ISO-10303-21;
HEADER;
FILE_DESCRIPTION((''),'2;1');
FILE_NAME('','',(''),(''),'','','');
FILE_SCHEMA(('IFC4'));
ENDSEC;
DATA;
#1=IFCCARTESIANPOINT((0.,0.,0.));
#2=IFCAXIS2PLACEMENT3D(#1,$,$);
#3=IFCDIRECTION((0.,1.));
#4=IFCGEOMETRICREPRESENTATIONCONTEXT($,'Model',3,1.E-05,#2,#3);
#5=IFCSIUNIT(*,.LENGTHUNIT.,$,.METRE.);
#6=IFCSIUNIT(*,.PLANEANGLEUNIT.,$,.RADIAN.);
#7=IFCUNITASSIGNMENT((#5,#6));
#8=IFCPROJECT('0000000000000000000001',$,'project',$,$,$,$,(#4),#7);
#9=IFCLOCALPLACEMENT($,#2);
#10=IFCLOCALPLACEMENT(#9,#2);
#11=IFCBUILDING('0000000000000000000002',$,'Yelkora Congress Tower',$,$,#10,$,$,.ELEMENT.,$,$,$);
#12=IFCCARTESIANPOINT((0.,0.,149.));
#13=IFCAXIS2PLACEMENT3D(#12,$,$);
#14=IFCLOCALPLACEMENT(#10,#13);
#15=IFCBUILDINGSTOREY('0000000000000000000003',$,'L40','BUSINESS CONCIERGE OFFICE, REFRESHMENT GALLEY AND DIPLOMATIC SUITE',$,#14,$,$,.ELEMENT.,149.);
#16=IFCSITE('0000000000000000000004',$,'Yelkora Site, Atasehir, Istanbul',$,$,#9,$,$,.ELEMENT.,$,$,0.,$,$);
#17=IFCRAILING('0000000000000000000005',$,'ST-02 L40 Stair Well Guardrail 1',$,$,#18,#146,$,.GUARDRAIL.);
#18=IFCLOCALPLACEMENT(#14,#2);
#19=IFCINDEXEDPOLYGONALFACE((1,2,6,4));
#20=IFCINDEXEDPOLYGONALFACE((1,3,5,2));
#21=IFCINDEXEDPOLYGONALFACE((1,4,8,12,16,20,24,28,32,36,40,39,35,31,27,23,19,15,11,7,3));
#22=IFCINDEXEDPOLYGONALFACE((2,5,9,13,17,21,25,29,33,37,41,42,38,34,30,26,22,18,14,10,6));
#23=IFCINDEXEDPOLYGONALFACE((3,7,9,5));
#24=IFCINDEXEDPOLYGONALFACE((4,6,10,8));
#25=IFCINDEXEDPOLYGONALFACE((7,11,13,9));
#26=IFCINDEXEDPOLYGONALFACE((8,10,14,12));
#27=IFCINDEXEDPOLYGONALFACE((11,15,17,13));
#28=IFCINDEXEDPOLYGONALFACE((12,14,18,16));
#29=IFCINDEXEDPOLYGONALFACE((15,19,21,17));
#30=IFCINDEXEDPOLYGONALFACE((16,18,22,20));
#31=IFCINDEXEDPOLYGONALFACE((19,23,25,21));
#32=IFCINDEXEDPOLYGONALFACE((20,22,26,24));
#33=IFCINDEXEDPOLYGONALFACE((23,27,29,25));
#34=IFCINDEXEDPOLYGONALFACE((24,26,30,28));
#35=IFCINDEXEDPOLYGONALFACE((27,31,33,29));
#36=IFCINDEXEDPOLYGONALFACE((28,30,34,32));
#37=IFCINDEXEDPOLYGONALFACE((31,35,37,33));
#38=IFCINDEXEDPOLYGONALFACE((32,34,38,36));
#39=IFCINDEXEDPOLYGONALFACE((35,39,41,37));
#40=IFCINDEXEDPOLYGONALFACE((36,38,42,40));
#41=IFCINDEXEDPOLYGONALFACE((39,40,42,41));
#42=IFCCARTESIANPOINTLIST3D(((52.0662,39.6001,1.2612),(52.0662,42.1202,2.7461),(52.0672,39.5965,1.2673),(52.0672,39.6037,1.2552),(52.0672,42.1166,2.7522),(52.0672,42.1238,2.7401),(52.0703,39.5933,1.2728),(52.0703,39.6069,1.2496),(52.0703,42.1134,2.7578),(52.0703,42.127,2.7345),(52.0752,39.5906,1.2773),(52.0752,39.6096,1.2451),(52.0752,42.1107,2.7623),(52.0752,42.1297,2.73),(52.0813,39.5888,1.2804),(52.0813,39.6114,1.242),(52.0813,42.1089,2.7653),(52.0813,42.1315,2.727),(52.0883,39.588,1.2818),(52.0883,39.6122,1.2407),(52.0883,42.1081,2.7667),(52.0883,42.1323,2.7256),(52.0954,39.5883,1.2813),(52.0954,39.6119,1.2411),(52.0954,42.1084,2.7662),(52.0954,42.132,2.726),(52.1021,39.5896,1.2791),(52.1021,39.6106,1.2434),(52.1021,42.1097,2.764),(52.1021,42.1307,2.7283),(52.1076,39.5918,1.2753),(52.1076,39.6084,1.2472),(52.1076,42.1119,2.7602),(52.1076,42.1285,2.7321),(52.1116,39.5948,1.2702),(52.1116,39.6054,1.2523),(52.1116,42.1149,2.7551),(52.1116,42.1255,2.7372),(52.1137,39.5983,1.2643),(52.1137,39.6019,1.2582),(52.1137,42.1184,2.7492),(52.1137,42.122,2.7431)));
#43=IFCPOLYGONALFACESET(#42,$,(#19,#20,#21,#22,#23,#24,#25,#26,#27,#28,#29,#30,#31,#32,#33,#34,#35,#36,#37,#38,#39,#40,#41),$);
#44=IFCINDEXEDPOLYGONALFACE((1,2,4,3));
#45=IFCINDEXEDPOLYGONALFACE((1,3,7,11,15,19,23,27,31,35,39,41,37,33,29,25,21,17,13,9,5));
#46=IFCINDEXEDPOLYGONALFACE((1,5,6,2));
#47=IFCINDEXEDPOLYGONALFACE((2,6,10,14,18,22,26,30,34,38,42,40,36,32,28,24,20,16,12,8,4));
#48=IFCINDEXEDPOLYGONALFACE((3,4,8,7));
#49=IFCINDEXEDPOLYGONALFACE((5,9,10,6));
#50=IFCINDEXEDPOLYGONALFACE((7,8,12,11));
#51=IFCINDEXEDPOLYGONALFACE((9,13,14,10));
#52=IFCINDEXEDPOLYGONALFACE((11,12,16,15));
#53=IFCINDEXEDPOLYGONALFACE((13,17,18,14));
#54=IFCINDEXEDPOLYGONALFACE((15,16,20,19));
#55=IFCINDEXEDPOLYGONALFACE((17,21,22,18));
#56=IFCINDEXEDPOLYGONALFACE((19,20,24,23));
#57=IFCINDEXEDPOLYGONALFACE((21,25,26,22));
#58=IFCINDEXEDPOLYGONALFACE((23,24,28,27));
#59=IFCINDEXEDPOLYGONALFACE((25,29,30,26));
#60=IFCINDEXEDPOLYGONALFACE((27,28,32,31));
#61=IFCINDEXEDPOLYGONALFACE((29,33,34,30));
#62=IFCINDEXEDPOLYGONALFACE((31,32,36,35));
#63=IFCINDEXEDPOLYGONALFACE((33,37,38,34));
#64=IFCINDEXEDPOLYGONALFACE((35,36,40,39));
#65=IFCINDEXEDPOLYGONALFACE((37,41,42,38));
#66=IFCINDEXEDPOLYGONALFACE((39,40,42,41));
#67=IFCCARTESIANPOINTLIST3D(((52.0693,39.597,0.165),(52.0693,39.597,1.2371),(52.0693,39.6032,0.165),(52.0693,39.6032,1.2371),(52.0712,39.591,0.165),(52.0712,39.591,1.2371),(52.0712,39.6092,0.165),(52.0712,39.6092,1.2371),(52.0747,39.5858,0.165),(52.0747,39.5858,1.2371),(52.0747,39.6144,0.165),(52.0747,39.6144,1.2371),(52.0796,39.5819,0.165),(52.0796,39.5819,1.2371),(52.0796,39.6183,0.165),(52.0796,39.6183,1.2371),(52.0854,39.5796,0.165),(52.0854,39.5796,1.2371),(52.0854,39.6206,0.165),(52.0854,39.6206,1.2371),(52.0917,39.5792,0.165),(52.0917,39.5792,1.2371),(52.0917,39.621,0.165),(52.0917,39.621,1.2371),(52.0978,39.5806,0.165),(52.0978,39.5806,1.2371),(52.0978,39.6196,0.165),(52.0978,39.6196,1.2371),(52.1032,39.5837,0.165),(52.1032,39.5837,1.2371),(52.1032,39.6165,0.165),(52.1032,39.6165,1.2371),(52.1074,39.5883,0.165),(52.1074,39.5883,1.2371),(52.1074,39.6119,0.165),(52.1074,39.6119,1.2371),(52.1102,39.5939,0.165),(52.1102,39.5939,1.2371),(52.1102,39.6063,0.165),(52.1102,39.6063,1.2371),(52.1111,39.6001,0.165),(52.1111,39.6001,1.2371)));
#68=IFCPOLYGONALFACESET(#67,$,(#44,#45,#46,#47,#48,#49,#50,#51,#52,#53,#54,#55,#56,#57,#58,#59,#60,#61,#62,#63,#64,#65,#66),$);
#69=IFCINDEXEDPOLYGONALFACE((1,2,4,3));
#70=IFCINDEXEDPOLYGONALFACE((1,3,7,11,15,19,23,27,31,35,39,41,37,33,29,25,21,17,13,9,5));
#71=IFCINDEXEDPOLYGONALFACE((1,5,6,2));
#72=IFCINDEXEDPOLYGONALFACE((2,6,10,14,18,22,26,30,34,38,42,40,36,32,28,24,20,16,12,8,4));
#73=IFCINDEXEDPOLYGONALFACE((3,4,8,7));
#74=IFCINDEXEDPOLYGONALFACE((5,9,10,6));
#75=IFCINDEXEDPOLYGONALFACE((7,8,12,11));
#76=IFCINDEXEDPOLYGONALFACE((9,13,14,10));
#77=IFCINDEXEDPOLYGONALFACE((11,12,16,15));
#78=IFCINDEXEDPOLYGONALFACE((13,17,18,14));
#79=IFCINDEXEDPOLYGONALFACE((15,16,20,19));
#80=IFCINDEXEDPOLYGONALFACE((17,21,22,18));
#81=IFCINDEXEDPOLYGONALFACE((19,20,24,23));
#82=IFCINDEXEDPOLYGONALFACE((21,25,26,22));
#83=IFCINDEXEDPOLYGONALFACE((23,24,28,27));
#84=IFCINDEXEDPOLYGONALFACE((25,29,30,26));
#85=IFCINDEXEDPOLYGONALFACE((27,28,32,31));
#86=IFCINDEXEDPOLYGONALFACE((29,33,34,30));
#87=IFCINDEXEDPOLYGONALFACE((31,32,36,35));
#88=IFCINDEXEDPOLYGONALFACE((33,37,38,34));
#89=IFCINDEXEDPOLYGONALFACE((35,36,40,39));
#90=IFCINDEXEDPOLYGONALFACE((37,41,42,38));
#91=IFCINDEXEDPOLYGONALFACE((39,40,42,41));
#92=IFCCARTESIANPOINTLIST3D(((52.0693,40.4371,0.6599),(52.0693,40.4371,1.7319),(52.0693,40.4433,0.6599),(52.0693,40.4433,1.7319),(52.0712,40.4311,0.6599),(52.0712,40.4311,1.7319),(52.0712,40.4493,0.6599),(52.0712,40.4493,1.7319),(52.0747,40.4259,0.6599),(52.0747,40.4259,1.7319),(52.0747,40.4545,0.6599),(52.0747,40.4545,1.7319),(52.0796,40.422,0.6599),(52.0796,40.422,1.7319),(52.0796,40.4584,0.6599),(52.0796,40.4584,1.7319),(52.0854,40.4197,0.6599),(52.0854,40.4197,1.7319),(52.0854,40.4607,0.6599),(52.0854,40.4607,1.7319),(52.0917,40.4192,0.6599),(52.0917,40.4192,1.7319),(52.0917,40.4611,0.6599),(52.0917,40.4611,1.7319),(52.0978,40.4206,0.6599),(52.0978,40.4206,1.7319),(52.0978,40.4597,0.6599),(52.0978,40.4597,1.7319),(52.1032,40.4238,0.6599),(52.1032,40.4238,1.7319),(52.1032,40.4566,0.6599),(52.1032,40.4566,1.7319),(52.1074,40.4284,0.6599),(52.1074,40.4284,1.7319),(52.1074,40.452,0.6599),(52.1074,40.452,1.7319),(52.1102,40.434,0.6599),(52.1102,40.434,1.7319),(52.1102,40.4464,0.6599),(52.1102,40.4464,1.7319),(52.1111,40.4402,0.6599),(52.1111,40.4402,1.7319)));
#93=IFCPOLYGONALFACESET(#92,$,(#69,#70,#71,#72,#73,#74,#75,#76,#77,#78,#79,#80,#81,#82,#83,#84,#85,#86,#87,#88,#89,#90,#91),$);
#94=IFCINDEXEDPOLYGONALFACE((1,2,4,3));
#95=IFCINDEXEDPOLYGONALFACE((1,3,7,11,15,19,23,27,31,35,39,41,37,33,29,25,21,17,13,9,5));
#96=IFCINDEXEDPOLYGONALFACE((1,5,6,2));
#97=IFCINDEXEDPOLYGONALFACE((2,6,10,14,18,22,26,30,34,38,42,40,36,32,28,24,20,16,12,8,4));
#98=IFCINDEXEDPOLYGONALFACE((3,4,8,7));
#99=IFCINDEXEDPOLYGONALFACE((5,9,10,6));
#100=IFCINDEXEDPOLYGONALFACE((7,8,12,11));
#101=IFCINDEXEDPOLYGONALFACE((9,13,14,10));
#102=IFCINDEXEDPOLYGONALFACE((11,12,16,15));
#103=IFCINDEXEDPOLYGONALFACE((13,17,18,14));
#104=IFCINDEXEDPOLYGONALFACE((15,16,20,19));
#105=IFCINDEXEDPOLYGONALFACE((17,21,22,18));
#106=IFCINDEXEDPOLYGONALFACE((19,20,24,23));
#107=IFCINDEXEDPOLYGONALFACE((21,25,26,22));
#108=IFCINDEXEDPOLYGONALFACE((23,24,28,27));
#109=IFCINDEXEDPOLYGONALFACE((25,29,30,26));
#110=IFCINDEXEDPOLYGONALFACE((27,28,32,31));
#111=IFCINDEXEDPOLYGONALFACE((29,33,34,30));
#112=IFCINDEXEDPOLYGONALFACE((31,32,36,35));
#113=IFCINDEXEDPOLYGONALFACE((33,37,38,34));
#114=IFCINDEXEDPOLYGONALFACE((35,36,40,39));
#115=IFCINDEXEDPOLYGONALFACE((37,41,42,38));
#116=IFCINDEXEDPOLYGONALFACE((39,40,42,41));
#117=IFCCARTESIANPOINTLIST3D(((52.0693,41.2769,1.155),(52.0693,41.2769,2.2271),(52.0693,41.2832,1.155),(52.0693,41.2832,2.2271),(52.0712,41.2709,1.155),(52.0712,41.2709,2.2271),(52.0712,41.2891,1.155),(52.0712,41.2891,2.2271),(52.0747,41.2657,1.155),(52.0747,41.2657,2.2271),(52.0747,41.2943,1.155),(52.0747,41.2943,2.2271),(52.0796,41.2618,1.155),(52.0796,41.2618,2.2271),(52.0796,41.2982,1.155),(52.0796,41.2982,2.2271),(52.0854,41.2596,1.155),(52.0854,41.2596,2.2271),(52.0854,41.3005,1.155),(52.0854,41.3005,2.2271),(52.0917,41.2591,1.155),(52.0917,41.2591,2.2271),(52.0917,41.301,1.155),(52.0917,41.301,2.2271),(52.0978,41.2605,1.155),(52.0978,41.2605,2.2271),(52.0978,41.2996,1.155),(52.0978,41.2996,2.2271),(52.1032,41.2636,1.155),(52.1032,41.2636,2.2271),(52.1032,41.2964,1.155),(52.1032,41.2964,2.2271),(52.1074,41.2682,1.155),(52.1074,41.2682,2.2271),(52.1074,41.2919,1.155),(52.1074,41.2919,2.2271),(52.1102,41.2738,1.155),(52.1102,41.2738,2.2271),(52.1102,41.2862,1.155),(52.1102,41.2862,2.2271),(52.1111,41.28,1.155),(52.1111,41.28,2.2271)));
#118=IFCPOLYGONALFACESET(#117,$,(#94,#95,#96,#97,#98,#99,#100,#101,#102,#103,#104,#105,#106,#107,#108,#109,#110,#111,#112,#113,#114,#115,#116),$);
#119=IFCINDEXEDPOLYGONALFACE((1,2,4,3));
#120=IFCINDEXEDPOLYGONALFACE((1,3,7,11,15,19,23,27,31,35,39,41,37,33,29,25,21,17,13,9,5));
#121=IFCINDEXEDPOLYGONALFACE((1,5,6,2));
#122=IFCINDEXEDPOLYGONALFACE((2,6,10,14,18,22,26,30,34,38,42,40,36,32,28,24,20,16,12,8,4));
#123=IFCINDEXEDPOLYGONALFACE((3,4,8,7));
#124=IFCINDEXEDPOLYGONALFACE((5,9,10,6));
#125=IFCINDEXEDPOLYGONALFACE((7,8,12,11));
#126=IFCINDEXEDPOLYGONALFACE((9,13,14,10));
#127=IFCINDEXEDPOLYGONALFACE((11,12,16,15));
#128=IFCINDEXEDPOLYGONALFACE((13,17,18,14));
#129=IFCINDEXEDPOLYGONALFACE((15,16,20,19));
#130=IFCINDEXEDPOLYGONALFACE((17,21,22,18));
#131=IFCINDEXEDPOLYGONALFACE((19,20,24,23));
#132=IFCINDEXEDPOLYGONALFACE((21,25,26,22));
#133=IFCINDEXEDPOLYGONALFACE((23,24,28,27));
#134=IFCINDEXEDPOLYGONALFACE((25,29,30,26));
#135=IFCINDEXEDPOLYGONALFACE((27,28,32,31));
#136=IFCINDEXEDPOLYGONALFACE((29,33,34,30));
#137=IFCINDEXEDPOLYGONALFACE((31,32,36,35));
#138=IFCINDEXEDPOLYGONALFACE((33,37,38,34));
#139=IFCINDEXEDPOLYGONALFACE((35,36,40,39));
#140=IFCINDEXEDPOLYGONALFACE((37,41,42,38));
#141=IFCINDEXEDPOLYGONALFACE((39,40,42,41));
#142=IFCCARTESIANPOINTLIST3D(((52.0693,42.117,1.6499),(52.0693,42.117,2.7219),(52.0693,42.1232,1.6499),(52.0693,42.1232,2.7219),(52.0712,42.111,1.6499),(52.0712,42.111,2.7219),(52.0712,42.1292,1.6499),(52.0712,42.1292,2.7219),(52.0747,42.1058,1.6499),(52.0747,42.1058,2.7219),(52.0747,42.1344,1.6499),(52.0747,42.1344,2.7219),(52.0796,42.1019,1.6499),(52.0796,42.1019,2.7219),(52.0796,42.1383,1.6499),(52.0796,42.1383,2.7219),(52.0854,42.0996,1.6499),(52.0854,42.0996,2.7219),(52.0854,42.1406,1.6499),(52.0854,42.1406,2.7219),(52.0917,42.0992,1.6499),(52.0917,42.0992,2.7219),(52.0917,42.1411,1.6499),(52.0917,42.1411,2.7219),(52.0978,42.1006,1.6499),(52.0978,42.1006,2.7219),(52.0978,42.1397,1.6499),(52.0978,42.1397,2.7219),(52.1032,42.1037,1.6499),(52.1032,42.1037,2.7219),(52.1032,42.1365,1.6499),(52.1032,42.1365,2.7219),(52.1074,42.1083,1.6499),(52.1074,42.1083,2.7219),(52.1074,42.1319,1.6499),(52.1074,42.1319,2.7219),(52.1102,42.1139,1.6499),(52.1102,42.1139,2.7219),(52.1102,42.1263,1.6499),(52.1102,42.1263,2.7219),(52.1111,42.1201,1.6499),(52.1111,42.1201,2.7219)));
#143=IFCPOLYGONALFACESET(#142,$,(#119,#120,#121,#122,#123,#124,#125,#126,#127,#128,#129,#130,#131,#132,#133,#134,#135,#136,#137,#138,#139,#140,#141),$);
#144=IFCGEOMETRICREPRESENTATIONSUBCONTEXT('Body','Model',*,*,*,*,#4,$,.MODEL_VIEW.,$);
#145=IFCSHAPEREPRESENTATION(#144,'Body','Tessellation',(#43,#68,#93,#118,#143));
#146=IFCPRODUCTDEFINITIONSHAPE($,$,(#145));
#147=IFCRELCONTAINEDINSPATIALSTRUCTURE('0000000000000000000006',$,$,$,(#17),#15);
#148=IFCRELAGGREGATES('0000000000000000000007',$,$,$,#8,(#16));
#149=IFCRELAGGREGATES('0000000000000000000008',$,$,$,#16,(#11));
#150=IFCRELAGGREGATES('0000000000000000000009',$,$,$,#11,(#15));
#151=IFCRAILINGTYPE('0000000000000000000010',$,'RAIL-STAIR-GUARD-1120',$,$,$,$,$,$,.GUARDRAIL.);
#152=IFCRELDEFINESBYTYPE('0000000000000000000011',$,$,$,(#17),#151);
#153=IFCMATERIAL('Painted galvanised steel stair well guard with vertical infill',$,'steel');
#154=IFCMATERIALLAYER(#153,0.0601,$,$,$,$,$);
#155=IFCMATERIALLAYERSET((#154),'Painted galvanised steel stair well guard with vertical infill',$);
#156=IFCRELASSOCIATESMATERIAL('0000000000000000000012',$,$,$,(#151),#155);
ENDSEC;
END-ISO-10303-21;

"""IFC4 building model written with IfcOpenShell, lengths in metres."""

from ifc_helpers import new_model, si_unit, direction, frame, origin, origin_2d, place, context, subcontext, project, spatial, circle, extrude, material, layer, layer_set, type_object, element, save


model = new_model("IFC4")

# Units and contexts
model_context = context("Model", 3, precision=1e-05, world=origin(), true_north=direction((0.0, 1.0)))
body_context = subcontext(model_context, "Body", "Model", "MODEL_VIEW")
ifc_project = project(units=[si_unit("LENGTHUNIT", "METRE"), si_unit("PLANEANGLEUNIT", "RADIAN")], contexts=[model_context])

# Site, building, storey
site_placement = place(None, origin())
site = spatial("IfcSite", under=ifc_project, at=site_placement, Name="Yelkora Site, Atasehir, Istanbul", CompositionType="ELEMENT", RefElevation=0.0)
building_placement = place(site_placement, origin())
building = spatial("IfcBuilding", under=site, at=building_placement, Name="Yelkora Congress Tower", CompositionType="ELEMENT")
storey_placement = place(building_placement, frame((0.0, 0.0, 149.0)))
storey = spatial("IfcBuildingStorey", under=building, at=storey_placement, Name="L40", Description="BUSINESS CONCIERGE OFFICE, REFRESHMENT GALLEY AND DIPLOMATIC SUITE", CompositionType="ELEMENT", Elevation=149.0)

# Railing
ifc_material_1 = material(Name="Painted galvanised steel stair well guard with vertical infill", Category="steel")
ifc_layer_1 = layer(ifc_material_1, 0.0601)
ifc_layer_set_1 = layer_set([ifc_layer_1], Name="Painted galvanised steel stair well guard with vertical infill")
railing_type_1 = type_object("IfcRailingType", Name="RAIL-STAIR-GUARD-1120", PredefinedType="GUARDRAIL", material=ifc_layer_set_1)
railing_1_placement = place(storey_placement, frame((52.0901, 39.6001, 0.165)))
element("IfcRailing", 1, at=railing_1_placement, inside=storey, type_object=railing_type_1, Name="ST-02 L40 Stair Well Guardrail 1", PredefinedType="GUARDRAIL", context=body_context, shape_type="SweptSolid", body=[
    extrude(circle(Radius=0.0239, at=origin_2d()), frame((0.0, 0.0, 1.0962), z_axis=(0.0, 0.861561, 0.507655), x_axis=(-1.0, 0.0, 0.0)), (0.0, 0.0, 1.0), 2.925),
    extrude(circle(Radius=0.021, at=origin_2d()), origin(), (0.0, 0.0, 1.0), 1.072),
    extrude(circle(Radius=0.021, at=origin_2d()), frame((0.0, 0.8401, 0.4949)), (0.0, 0.0, 1.0), 1.072),
    extrude(circle(Radius=0.021, at=origin_2d()), frame((0.0, 1.6799, 0.99)), (0.0, 0.0, 1.0), 1.072),
    extrude(circle(Radius=0.021, at=origin_2d()), frame((0.0, 2.52, 1.4849)), (0.0, 0.0, 1.0), 1.072),
])

save(model, "model.ifc")
